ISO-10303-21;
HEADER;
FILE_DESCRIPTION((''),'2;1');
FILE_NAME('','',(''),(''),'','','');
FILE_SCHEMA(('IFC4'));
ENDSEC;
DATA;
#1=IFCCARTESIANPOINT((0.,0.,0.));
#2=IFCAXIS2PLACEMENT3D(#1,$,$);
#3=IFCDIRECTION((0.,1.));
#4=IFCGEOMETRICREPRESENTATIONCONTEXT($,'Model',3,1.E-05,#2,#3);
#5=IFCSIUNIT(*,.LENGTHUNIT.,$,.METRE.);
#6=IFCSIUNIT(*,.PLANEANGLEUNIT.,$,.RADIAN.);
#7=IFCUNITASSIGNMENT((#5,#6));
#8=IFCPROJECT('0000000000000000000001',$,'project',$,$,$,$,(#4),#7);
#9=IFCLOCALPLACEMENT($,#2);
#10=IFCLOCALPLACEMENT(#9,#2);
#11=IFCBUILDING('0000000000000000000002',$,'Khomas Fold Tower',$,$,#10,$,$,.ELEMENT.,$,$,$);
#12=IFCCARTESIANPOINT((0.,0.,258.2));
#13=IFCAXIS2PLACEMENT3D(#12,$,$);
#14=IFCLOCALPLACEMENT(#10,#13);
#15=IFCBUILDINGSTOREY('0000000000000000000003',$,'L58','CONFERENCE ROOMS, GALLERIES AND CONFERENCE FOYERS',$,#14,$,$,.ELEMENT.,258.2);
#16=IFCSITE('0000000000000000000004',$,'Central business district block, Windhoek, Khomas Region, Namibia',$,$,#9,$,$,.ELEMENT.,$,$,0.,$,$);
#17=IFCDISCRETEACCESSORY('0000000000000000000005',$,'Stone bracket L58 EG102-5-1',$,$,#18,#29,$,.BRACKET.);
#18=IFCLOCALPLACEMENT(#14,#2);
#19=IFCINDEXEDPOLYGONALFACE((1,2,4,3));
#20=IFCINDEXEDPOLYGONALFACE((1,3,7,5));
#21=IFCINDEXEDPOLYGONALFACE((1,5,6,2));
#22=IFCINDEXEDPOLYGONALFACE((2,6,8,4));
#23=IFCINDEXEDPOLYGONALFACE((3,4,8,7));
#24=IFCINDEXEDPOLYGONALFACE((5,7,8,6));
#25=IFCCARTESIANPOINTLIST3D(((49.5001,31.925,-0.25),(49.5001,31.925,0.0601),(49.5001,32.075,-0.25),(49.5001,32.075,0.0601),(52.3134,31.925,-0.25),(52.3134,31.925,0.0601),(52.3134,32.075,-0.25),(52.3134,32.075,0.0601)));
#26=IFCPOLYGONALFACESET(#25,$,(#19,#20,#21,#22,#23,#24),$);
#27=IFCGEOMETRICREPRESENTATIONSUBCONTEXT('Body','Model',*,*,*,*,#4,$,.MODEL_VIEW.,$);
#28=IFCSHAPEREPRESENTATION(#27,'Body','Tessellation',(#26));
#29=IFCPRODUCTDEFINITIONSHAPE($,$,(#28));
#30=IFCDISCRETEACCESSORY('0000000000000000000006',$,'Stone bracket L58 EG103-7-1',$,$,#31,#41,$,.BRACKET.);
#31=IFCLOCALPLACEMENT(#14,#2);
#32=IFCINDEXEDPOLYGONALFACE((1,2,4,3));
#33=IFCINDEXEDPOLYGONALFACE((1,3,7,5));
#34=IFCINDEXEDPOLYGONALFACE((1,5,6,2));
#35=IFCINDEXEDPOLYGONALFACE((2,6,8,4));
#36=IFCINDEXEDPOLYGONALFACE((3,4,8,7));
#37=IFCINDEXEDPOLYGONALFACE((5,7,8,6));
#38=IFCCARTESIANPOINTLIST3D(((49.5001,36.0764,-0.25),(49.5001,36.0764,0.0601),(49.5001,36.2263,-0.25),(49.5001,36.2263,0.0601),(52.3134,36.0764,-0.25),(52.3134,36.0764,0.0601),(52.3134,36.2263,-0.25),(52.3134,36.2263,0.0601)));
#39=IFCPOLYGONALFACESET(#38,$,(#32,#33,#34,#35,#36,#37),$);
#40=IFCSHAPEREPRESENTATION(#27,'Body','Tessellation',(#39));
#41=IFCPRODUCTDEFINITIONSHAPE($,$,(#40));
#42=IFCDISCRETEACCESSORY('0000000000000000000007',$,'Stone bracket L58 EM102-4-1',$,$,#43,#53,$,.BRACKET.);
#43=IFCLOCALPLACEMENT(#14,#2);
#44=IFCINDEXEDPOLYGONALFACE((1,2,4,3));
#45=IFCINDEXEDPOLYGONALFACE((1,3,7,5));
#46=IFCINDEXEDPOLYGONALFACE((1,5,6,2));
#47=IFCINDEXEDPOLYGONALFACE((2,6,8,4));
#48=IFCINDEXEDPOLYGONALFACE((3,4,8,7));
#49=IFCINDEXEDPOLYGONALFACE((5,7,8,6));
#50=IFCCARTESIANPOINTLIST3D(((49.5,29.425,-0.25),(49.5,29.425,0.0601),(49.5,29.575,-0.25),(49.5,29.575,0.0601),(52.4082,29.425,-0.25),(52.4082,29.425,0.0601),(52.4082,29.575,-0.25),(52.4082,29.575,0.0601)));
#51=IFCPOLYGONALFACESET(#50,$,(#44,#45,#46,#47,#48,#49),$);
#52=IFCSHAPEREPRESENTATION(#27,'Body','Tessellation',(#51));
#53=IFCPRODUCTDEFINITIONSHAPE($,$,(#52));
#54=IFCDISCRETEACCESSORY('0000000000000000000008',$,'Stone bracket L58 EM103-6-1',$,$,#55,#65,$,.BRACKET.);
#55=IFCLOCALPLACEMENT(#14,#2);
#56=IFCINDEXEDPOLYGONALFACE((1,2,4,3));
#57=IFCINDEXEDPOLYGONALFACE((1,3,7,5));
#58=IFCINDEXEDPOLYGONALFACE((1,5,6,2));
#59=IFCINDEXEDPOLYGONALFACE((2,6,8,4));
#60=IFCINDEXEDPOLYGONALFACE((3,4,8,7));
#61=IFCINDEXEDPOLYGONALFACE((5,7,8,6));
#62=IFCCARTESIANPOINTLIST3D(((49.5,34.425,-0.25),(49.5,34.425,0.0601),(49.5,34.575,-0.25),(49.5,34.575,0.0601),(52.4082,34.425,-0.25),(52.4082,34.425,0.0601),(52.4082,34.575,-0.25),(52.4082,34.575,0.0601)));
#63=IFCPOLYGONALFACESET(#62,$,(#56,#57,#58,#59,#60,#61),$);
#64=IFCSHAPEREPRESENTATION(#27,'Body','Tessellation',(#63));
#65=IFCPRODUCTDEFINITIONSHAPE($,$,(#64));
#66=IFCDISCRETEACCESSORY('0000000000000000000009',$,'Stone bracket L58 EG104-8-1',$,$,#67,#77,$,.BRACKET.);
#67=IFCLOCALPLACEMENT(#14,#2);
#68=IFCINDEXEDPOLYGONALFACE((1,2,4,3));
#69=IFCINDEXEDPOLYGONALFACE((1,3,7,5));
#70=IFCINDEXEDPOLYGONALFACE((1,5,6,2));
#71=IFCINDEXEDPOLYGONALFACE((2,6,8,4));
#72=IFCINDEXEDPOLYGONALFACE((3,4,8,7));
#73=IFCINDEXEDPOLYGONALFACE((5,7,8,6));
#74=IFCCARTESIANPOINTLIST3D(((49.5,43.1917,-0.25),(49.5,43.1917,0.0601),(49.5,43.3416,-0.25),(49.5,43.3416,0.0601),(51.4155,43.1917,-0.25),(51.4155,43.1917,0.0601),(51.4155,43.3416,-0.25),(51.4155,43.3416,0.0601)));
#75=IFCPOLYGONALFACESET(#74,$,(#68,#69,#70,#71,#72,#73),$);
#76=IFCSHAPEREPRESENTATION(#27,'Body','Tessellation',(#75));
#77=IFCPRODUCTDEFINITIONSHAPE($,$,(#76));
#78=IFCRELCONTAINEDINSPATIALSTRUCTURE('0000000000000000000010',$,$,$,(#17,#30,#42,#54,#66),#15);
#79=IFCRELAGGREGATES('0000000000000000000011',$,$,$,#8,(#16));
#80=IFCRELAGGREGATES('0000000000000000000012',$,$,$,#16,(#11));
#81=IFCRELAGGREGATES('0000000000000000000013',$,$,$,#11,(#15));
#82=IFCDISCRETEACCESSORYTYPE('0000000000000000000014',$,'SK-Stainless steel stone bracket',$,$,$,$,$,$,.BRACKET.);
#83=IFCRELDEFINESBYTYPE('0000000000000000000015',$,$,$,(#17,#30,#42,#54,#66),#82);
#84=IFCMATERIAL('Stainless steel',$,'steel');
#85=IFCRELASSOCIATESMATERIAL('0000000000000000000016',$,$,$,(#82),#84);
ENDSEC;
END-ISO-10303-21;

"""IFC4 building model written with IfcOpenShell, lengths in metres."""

from ifc_helpers import new_model, si_unit, direction, frame, origin, origin_2d, place, context, subcontext, project, spatial, rectangle, extrude, source, transform, mapped, material, type_object, element, save


model = new_model("IFC4")

# Units and contexts
model_context = context("Model", 3, precision=1e-05, world=origin(), true_north=direction((0.0, 1.0)))
body_context = subcontext(model_context, "Body", "Model", "MODEL_VIEW")
ifc_project = project(units=[si_unit("LENGTHUNIT", "METRE"), si_unit("PLANEANGLEUNIT", "RADIAN")], contexts=[model_context])

# Site, building, storey
site_placement = place(None, origin())
site = spatial("IfcSite", under=ifc_project, at=site_placement, Name="Central business district block, Windhoek, Khomas Region, Namibia", CompositionType="ELEMENT", RefElevation=0.0)
building_placement = place(site_placement, origin())
building = spatial("IfcBuilding", under=site, at=building_placement, Name="Khomas Fold Tower", CompositionType="ELEMENT")
storey_placement = place(building_placement, frame((0.0, 0.0, 258.2)))
storey = spatial("IfcBuildingStorey", under=building, at=storey_placement, Name="L58", Description="CONFERENCE ROOMS, GALLERIES AND CONFERENCE FOYERS", CompositionType="ELEMENT", Elevation=258.2)

# Discrete accessories
ifc_material_1 = material(Name="Stainless steel", Category="steel")
discrete_accessory_type = type_object("IfcDiscreteAccessoryType", Name="SK-Stainless steel stone bracket", PredefinedType="BRACKET", material=ifc_material_1)
shared_shape_1 = source(origin(), body_context, "Body", "SweptSolid", [
    extrude(rectangle(XDim=2.8132, YDim=0.1499, at=origin_2d()), origin(), (0.0, 0.0, 1.0), 0.3101),
])
for number, where, z_axis, x_axis, name in (
    (1, (50.9067, 32.0, -0.25), (0.0, 0.0, 1.0), (1.0, 0.0, 0.0), "Stone bracket L58 EG102-5-1"),
    (2, (50.9067, 36.1514, -0.25), (0.0, 0.0, 1.0), (1.0, 0.0, 0.0), "Stone bracket L58 EG103-7-1"),
):
    element("IfcDiscreteAccessory", number, at=place(storey_placement, frame(where, z_axis=z_axis, x_axis=x_axis)), inside=storey, type_object=discrete_accessory_type, Name=name, PredefinedType="BRACKET", context=body_context, shape_type="MappedRepresentation", body=[
        mapped(shared_shape_1, transform((0.0, 0.0, 0.0))),
    ])
shared_shape_2 = source(origin(), body_context, "Body", "SweptSolid", [
    extrude(rectangle(XDim=2.9082, YDim=0.1499, at=origin_2d()), origin(), (0.0, 0.0, 1.0), 0.3101),
])
for number, where, z_axis, x_axis, name in (
    (3, (50.9541, 29.5, -0.25), (0.0, 0.0, 1.0), (1.0, 0.0, 0.0), "Stone bracket L58 EM102-4-1"),
    (4, (50.9541, 34.5, -0.25), (0.0, 0.0, 1.0), (1.0, 0.0, 0.0), "Stone bracket L58 EM103-6-1"),
):
    element("IfcDiscreteAccessory", number, at=place(storey_placement, frame(where, z_axis=z_axis, x_axis=x_axis)), inside=storey, type_object=discrete_accessory_type, Name=name, PredefinedType="BRACKET", context=body_context, shape_type="MappedRepresentation", body=[
        mapped(shared_shape_2, transform((0.0, 0.0, 0.0))),
    ])
shared_shape_3 = source(origin(), body_context, "Body", "SweptSolid", [
    extrude(rectangle(XDim=1.9155, YDim=0.1499, at=origin_2d()), origin(), (0.0, 0.0, 1.0), 0.3101),
])
discrete_accessory_placement = place(storey_placement, frame((50.4578, 43.2666, -0.25), z_axis=(0.0, 0.0, 1.0), x_axis=(1.0, 0.0, 0.0)))
element("IfcDiscreteAccessory", 5, at=discrete_accessory_placement, inside=storey, type_object=discrete_accessory_type, Name="Stone bracket L58 EG104-8-1", PredefinedType="BRACKET", context=body_context, shape_type="MappedRepresentation", body=[
    mapped(shared_shape_3, transform((0.0, 0.0, 0.0))),
])

save(model, "model.ifc")
